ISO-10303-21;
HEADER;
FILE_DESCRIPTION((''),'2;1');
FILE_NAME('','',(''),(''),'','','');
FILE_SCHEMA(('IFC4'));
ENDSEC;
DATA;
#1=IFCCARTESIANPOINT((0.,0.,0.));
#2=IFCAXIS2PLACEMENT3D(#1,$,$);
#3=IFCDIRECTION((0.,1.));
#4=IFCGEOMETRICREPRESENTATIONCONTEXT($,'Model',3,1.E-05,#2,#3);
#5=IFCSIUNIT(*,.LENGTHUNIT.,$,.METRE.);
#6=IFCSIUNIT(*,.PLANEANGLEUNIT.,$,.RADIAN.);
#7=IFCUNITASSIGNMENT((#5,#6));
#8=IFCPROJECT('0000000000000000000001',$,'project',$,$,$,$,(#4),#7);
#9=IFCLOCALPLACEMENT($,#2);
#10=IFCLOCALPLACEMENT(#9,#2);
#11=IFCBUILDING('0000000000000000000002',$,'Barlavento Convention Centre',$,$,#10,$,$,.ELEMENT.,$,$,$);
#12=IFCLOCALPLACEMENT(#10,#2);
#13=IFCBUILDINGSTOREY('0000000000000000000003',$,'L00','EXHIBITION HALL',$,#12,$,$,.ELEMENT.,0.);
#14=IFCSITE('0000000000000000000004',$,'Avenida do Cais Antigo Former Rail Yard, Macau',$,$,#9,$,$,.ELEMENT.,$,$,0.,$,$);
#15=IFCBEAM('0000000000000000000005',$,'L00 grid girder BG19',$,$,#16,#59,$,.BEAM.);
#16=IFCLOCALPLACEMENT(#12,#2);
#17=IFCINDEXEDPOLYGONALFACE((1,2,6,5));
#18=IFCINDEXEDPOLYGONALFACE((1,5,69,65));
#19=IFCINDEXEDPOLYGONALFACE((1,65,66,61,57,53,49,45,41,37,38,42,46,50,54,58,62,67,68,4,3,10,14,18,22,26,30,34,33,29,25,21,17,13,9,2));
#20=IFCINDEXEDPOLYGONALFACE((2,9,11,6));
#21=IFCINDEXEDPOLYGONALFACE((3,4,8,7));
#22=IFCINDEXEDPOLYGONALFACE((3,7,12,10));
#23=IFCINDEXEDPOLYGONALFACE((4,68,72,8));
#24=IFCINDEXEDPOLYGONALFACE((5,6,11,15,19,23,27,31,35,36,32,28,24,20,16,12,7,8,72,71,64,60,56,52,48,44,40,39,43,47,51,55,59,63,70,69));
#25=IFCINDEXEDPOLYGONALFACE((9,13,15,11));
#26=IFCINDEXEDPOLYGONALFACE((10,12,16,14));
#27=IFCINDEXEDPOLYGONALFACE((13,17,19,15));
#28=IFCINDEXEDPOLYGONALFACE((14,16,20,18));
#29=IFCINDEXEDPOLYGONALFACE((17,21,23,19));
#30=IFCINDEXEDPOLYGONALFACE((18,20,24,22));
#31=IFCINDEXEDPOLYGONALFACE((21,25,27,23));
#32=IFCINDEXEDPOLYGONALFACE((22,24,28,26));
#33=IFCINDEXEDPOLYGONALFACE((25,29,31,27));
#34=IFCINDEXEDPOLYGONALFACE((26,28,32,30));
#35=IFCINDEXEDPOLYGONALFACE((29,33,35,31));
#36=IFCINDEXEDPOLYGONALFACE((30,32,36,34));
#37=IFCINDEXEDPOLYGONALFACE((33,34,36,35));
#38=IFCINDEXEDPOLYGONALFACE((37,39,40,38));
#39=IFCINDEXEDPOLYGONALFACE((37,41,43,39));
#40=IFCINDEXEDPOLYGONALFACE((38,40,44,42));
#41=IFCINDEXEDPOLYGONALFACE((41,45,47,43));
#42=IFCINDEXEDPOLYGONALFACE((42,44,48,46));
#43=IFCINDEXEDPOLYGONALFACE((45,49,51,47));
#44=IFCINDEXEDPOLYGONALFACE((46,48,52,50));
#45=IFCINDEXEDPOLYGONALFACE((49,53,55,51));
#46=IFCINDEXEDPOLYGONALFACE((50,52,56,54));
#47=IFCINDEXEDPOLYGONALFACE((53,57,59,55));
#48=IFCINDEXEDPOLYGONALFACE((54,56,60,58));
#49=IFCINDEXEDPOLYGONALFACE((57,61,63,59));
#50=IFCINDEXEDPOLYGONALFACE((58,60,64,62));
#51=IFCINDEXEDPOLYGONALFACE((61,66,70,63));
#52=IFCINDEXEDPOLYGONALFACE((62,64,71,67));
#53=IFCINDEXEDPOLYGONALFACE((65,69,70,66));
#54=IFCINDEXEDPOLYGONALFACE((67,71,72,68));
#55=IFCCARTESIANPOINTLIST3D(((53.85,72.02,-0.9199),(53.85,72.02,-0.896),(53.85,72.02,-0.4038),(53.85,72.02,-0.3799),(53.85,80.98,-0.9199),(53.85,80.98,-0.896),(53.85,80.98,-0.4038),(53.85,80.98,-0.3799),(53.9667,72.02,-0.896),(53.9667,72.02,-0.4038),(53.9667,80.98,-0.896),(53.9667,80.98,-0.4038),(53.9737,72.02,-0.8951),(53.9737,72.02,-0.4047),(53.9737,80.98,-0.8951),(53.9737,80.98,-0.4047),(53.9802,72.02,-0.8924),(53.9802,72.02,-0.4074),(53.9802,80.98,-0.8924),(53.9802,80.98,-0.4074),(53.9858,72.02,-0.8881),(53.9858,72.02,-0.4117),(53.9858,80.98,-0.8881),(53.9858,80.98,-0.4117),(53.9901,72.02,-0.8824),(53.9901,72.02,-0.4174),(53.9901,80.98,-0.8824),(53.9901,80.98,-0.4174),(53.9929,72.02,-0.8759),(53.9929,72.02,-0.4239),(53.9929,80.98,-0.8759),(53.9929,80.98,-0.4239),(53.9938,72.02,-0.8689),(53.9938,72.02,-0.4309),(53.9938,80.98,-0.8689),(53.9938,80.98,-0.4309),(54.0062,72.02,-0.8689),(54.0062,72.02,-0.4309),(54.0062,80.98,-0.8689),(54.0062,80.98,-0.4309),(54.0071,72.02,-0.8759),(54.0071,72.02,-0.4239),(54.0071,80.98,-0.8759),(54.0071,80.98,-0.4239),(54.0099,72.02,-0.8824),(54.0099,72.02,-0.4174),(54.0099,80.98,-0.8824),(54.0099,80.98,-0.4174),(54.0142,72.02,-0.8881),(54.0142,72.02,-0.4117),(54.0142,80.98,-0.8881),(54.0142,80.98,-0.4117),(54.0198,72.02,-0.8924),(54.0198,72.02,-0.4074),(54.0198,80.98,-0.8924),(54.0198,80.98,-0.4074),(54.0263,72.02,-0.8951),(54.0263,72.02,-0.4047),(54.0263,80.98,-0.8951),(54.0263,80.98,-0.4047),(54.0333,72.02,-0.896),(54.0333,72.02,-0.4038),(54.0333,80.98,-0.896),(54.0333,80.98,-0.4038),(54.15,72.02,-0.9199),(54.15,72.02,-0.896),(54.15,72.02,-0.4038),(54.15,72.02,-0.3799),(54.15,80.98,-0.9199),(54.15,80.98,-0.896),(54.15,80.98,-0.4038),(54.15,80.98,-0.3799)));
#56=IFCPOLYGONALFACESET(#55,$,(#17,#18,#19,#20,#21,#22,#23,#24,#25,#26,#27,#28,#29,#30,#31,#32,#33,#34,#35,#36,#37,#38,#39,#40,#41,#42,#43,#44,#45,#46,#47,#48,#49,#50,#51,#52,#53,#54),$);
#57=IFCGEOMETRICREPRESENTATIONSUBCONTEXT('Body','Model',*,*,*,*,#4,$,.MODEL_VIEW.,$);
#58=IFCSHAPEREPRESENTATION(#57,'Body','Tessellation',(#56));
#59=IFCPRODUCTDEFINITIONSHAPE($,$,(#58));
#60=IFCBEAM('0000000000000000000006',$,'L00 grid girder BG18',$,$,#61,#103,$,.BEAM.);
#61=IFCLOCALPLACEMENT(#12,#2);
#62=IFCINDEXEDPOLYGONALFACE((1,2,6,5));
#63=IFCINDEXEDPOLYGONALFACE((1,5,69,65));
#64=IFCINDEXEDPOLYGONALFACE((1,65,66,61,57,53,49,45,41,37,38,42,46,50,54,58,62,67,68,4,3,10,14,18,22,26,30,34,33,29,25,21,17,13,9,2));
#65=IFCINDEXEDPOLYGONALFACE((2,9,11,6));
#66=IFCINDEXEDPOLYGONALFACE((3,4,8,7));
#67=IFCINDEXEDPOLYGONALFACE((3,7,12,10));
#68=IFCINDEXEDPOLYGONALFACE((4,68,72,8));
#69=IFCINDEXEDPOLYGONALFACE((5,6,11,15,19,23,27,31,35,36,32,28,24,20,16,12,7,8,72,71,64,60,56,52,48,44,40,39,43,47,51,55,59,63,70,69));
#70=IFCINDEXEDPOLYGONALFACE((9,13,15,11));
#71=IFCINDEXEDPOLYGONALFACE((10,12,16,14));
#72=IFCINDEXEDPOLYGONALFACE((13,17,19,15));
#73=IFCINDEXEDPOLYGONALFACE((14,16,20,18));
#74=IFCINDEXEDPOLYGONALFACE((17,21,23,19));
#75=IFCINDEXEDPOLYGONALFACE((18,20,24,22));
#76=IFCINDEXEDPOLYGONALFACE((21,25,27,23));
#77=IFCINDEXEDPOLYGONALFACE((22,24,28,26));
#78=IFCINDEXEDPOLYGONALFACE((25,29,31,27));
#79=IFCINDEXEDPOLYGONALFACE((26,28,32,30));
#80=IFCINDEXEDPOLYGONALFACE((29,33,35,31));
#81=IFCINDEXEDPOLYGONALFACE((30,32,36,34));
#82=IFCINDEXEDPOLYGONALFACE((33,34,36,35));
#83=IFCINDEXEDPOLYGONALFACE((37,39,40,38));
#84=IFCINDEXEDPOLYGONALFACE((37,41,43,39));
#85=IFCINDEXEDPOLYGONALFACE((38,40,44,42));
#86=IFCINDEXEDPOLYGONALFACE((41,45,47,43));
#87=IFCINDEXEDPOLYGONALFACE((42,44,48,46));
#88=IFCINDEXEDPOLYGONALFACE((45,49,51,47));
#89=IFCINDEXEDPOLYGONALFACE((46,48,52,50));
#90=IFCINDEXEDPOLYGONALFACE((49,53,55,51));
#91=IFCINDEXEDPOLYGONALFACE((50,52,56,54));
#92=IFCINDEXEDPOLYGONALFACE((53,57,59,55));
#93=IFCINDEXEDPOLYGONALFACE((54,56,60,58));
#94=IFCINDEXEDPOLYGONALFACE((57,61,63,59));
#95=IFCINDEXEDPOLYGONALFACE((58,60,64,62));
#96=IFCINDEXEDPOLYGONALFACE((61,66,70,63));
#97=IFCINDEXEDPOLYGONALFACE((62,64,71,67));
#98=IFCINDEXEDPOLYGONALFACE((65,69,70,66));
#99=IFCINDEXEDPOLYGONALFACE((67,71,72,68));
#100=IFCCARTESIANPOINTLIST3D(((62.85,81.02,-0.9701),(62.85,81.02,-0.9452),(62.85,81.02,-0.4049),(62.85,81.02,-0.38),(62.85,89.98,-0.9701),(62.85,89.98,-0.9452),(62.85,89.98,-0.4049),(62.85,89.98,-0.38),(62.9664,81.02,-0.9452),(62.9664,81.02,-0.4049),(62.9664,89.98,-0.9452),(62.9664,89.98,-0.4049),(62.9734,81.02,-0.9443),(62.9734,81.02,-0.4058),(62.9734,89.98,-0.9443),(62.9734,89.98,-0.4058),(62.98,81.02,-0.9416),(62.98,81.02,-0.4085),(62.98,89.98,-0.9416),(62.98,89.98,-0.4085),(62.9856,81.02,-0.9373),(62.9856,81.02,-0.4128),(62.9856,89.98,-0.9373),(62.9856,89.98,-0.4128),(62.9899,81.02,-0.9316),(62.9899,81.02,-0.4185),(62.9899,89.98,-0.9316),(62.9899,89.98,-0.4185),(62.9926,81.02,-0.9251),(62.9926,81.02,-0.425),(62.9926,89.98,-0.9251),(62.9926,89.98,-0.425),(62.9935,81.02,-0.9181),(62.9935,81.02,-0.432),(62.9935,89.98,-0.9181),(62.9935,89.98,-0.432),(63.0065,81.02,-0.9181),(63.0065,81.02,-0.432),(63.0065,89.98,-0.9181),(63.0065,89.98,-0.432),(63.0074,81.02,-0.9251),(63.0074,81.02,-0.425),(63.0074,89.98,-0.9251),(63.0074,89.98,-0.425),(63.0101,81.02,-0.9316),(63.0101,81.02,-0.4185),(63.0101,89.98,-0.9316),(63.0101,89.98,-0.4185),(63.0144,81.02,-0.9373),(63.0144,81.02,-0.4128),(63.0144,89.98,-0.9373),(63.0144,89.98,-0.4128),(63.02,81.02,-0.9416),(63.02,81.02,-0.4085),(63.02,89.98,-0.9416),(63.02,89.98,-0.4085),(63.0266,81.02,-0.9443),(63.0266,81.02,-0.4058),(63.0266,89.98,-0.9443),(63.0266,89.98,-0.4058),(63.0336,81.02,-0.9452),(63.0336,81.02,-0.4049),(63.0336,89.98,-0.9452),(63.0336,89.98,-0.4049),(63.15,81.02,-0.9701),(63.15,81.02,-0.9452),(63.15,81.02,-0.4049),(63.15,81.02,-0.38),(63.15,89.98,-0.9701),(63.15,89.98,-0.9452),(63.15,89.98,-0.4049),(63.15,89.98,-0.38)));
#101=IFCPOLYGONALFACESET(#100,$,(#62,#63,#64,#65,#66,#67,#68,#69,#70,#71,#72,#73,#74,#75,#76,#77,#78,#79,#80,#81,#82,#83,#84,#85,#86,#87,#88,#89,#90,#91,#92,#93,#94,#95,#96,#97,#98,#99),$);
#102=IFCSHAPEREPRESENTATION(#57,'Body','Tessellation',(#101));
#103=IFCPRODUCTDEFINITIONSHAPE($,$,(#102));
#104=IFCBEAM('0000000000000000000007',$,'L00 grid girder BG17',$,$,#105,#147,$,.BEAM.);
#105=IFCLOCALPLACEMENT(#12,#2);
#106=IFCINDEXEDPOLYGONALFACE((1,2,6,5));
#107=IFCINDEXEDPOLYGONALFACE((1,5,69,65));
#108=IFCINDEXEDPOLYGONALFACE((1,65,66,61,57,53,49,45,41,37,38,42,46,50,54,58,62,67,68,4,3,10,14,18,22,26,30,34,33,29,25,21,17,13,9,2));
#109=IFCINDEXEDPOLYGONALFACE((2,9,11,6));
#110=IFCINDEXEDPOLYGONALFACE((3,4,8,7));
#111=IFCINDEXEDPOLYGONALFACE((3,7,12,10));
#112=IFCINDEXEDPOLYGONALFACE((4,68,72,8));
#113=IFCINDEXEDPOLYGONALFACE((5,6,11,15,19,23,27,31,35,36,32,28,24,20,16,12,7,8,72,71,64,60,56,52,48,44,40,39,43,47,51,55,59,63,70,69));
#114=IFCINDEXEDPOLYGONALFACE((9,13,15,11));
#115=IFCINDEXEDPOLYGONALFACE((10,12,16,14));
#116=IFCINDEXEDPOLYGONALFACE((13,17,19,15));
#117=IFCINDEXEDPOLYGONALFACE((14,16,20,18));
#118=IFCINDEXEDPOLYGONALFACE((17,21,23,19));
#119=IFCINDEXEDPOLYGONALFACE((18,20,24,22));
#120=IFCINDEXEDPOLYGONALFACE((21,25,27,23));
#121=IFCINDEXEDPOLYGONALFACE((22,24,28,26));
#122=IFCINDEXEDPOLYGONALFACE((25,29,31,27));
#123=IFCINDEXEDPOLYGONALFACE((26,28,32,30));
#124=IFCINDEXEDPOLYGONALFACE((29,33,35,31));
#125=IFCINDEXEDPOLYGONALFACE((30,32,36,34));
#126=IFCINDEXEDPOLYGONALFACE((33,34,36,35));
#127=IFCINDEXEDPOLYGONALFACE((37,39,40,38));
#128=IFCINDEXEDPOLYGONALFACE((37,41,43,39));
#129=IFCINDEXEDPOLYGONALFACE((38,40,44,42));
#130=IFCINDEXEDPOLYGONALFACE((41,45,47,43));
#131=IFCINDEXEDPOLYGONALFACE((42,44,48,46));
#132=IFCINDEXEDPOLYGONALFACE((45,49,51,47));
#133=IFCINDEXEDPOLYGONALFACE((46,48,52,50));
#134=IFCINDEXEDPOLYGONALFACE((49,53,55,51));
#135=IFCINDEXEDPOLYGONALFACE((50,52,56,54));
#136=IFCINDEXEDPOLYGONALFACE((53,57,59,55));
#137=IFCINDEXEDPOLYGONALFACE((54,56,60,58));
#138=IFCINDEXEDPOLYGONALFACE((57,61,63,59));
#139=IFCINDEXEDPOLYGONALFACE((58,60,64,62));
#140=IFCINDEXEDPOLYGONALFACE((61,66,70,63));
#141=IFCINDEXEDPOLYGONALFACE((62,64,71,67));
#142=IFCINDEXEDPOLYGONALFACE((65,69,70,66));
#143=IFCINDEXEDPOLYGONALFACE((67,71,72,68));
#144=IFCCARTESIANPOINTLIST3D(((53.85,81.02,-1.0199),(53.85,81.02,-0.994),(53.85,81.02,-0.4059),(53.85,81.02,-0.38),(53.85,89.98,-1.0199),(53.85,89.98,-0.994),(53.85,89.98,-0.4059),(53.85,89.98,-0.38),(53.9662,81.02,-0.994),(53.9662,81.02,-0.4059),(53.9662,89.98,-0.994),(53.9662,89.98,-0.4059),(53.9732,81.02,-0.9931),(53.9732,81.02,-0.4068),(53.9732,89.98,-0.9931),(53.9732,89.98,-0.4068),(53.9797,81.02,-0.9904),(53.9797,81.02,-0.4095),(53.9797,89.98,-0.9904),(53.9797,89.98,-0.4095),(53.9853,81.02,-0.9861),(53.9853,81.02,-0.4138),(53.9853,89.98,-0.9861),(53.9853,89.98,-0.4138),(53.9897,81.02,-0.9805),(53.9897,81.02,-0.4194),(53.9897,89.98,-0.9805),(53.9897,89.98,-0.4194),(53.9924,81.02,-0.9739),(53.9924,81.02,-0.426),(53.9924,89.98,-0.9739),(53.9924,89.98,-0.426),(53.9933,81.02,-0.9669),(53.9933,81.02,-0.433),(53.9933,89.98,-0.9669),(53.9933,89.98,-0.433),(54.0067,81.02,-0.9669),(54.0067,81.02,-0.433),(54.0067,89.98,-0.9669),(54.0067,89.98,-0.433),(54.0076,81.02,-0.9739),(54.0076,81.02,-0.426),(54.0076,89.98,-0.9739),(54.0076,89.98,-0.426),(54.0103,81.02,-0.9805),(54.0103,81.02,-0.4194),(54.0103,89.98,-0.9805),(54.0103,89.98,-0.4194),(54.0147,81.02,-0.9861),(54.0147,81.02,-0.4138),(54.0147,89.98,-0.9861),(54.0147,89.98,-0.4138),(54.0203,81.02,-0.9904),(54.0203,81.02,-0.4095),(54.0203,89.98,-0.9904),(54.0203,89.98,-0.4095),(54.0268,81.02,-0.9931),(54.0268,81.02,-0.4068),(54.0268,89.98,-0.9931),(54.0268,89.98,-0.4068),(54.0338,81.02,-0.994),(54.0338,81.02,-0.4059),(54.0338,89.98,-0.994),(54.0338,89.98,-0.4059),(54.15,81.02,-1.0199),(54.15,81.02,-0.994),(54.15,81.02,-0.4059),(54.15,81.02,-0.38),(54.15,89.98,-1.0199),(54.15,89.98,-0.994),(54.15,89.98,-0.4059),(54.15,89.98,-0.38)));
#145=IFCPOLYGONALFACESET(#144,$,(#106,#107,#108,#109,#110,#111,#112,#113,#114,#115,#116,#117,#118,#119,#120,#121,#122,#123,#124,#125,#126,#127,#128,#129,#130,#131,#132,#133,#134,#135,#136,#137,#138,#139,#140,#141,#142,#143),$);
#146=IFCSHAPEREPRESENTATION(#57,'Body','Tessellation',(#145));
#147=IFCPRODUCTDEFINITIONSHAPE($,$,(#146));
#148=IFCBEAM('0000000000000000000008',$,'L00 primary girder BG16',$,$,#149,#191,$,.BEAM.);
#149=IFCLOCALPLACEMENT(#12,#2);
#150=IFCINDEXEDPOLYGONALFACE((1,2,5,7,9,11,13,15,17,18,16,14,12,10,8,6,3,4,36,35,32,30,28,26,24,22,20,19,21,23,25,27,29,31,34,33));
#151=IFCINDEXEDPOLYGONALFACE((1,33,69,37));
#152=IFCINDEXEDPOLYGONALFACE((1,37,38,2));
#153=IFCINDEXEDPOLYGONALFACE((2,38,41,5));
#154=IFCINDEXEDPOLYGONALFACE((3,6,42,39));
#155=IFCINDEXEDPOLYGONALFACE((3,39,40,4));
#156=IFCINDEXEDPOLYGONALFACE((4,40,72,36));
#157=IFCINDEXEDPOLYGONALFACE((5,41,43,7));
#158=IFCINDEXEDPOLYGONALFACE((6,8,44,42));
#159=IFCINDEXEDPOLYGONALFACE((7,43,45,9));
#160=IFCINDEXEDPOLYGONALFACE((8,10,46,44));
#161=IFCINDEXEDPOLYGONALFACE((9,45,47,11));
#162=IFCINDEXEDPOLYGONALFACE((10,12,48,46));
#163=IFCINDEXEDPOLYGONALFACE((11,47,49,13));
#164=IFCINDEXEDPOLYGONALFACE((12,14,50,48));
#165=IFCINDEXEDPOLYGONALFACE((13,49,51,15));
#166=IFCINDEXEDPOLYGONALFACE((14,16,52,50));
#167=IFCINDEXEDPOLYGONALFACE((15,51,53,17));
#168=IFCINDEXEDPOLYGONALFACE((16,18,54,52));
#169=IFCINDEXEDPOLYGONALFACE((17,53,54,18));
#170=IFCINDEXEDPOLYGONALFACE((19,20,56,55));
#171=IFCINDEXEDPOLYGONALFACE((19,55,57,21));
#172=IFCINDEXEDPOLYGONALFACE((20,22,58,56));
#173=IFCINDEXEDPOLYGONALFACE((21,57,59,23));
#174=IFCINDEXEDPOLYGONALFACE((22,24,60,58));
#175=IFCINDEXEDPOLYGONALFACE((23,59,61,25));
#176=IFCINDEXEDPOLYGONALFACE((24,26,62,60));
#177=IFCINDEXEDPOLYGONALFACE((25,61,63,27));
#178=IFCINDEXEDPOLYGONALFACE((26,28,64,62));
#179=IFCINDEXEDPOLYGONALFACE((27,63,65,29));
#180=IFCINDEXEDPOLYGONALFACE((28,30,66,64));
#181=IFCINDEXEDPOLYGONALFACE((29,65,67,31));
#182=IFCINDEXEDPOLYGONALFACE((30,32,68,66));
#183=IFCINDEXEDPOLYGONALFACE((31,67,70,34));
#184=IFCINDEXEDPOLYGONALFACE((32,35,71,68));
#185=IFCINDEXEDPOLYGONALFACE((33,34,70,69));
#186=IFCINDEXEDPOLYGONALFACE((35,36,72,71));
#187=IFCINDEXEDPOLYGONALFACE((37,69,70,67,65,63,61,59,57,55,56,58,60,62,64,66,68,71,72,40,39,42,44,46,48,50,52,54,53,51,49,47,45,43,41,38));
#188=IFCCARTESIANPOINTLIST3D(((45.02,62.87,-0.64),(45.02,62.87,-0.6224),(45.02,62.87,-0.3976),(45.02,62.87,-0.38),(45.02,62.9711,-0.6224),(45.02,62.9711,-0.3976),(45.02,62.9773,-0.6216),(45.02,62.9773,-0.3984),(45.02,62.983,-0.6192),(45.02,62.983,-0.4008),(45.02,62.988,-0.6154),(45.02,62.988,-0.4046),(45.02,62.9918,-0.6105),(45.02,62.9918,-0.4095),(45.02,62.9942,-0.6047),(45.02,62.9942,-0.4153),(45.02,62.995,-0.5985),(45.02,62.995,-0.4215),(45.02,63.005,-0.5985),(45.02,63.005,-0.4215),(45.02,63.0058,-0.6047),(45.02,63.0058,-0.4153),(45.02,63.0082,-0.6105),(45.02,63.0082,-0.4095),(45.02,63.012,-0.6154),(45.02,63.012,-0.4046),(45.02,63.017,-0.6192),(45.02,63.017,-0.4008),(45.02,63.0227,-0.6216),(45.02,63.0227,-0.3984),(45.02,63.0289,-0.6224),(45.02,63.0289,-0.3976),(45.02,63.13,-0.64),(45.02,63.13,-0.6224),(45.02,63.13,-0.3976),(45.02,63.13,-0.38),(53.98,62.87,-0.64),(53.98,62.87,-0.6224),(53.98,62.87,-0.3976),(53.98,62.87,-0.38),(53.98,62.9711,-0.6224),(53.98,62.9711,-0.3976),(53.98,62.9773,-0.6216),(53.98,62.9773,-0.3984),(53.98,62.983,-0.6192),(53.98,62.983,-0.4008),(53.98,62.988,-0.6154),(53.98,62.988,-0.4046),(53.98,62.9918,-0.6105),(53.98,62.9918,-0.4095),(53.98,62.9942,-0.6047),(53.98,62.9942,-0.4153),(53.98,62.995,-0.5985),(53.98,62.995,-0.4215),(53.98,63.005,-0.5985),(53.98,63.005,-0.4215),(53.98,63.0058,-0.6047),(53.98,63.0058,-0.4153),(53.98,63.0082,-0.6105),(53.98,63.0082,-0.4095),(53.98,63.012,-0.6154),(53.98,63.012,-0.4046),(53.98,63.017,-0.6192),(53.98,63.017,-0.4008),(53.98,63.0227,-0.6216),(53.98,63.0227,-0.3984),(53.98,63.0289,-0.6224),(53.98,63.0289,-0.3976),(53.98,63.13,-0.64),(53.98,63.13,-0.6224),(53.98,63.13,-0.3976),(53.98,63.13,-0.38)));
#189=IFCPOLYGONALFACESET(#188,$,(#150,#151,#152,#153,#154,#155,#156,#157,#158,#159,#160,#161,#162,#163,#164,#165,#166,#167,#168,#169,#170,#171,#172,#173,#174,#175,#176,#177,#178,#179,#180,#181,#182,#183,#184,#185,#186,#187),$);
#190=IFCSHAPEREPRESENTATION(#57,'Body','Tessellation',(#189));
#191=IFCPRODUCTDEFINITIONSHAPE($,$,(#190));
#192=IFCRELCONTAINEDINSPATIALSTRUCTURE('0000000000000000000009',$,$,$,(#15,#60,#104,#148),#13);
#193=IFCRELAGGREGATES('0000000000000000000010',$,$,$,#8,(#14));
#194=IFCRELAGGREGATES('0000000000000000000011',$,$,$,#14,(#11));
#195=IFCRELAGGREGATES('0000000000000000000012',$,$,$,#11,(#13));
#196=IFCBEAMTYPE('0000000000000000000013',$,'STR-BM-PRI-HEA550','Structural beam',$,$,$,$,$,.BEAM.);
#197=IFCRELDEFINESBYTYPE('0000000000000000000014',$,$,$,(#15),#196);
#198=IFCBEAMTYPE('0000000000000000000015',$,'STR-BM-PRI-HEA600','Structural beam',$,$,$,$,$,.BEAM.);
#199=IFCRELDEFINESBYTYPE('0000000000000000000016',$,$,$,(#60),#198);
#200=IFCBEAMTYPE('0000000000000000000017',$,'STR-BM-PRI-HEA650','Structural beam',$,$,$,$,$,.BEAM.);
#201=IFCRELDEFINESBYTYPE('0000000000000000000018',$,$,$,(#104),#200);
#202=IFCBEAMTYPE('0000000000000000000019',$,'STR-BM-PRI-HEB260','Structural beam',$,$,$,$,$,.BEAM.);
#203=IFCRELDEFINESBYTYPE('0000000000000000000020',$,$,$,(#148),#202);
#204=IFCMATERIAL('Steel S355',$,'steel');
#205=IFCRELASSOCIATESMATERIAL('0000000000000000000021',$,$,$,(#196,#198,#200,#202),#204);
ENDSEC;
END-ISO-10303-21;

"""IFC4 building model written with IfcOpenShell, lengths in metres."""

from ifc_helpers import new_model, si_unit, direction, frame, origin, origin_2d, place, context, subcontext, project, spatial, i_section, extrude, material, material_profile, profile_set, type_object, element, save


model = new_model("IFC4")

# Units and contexts
model_context = context("Model", 3, precision=1e-05, world=origin(), true_north=direction((0.0, 1.0)))
body_context = subcontext(model_context, "Body", "Model", "MODEL_VIEW")
ifc_project = project(units=[si_unit("LENGTHUNIT", "METRE"), si_unit("PLANEANGLEUNIT", "RADIAN")], contexts=[model_context])

# Site, building, storey
site_placement = place(None, origin())
site = spatial("IfcSite", under=ifc_project, at=site_placement, Name="Avenida do Cais Antigo Former Rail Yard, Macau", CompositionType="ELEMENT", RefElevation=0.0)
building_placement = place(site_placement, origin())
building = spatial("IfcBuilding", under=site, at=building_placement, Name="Barlavento Convention Centre", CompositionType="ELEMENT")
storey_placement = place(building_placement, origin())
storey = spatial("IfcBuildingStorey", under=building, at=storey_placement, Name="L00", Description="EXHIBITION HALL", CompositionType="ELEMENT", Elevation=0.0)

# Beams
ifc_material_1 = material(Name="Steel S355", Category="steel")
ifc_material_profile_1 = material_profile(ifc_material_1, i_section(OverallWidth=0.3, OverallDepth=0.54, WebThickness=0.0125, FlangeThickness=0.0239, FilletRadius=0.0271, at=origin_2d()), Name="HEA 550")
ifc_profile_set_1 = profile_set([ifc_material_profile_1], Name="Steel S355")
beam_type_1 = type_object("IfcBeamType", Name="STR-BM-PRI-HEA550", Description="Structural beam", PredefinedType="BEAM", material=ifc_profile_set_1)
beam_1_placement = place(storey_placement, frame((54.0, 72.02, -0.6499), z_axis=(0.0, 1.0, 0.0), x_axis=(-1.0, 0.0, 0.0)))
element("IfcBeam", 1, at=beam_1_placement, inside=storey, type_object=beam_type_1, Name="L00 grid girder BG19", PredefinedType="BEAM", context=body_context, shape_type="SweptSolid", body=[
    extrude(i_section(OverallWidth=0.3, OverallDepth=0.54, WebThickness=0.0125, FlangeThickness=0.0239, FilletRadius=0.0271, at=origin_2d()), origin(), (0.0, 0.0, 1.0), 8.96),
])
ifc_material_profile_2 = material_profile(ifc_material_1, i_section(OverallWidth=0.3, OverallDepth=0.5901, WebThickness=0.0129, FlangeThickness=0.0249, FilletRadius=0.0271, at=origin_2d()), Name="HEA 600")
ifc_profile_set_2 = profile_set([ifc_material_profile_2], Name="Steel S355")
beam_type_2 = type_object("IfcBeamType", Name="STR-BM-PRI-HEA600", Description="Structural beam", PredefinedType="BEAM", material=ifc_profile_set_2)
beam_2_placement = place(storey_placement, frame((63.0, 81.02, -0.675), z_axis=(0.0, 1.0, 0.0), x_axis=(-1.0, 0.0, 0.0)))
element("IfcBeam", 2, at=beam_2_placement, inside=storey, type_object=beam_type_2, Name="L00 grid girder BG18", PredefinedType="BEAM", context=body_context, shape_type="SweptSolid", body=[
    extrude(i_section(OverallWidth=0.3, OverallDepth=0.5901, WebThickness=0.0129, FlangeThickness=0.0249, FilletRadius=0.0271, at=origin_2d()), origin(), (0.0, 0.0, 1.0), 8.96),
])
ifc_material_profile_3 = material_profile(ifc_material_1, i_section(OverallWidth=0.3, OverallDepth=0.6399, WebThickness=0.0134, FlangeThickness=0.0259, FilletRadius=0.0271, at=origin_2d()), Name="HEA 650")
ifc_profile_set_3 = profile_set([ifc_material_profile_3], Name="Steel S355")
beam_type_3 = type_object("IfcBeamType", Name="STR-BM-PRI-HEA650", Description="Structural beam", PredefinedType="BEAM", material=ifc_profile_set_3)
beam_3_placement = place(storey_placement, frame((54.0, 81.02, -0.7), z_axis=(0.0, 1.0, 0.0), x_axis=(-1.0, 0.0, 0.0)))
element("IfcBeam", 3, at=beam_3_placement, inside=storey, type_object=beam_type_3, Name="L00 grid girder BG17", PredefinedType="BEAM", context=body_context, shape_type="SweptSolid", body=[
    extrude(i_section(OverallWidth=0.3, OverallDepth=0.6399, WebThickness=0.0134, FlangeThickness=0.0259, FilletRadius=0.0271, at=origin_2d()), origin(), (0.0, 0.0, 1.0), 8.96),
])
ifc_material_profile_4 = material_profile(ifc_material_1, i_section(OverallWidth=0.26, OverallDepth=0.26, WebThickness=0.01, FlangeThickness=0.0176, FilletRadius=0.0239, at=origin_2d()), Name="HEB 260")
ifc_profile_set_4 = profile_set([ifc_material_profile_4], Name="Steel S355")
beam_type_4 = type_object("IfcBeamType", Name="STR-BM-PRI-HEB260", Description="Structural beam", PredefinedType="BEAM", material=ifc_profile_set_4)
beam_4_placement = place(storey_placement, frame((45.02, 63.0, -0.51), z_axis=(1.0, 0.0, 0.0), x_axis=(0.0, 1.0, 0.0)))
element("IfcBeam", 4, at=beam_4_placement, inside=storey, type_object=beam_type_4, Name="L00 primary girder BG16", PredefinedType="BEAM", context=body_context, shape_type="SweptSolid", body=[
    extrude(i_section(OverallWidth=0.26, OverallDepth=0.26, WebThickness=0.01, FlangeThickness=0.0176, FilletRadius=0.0239, at=origin_2d()), origin(), (0.0, 0.0, 1.0), 8.96),
])

save(model, "model.ifc")
